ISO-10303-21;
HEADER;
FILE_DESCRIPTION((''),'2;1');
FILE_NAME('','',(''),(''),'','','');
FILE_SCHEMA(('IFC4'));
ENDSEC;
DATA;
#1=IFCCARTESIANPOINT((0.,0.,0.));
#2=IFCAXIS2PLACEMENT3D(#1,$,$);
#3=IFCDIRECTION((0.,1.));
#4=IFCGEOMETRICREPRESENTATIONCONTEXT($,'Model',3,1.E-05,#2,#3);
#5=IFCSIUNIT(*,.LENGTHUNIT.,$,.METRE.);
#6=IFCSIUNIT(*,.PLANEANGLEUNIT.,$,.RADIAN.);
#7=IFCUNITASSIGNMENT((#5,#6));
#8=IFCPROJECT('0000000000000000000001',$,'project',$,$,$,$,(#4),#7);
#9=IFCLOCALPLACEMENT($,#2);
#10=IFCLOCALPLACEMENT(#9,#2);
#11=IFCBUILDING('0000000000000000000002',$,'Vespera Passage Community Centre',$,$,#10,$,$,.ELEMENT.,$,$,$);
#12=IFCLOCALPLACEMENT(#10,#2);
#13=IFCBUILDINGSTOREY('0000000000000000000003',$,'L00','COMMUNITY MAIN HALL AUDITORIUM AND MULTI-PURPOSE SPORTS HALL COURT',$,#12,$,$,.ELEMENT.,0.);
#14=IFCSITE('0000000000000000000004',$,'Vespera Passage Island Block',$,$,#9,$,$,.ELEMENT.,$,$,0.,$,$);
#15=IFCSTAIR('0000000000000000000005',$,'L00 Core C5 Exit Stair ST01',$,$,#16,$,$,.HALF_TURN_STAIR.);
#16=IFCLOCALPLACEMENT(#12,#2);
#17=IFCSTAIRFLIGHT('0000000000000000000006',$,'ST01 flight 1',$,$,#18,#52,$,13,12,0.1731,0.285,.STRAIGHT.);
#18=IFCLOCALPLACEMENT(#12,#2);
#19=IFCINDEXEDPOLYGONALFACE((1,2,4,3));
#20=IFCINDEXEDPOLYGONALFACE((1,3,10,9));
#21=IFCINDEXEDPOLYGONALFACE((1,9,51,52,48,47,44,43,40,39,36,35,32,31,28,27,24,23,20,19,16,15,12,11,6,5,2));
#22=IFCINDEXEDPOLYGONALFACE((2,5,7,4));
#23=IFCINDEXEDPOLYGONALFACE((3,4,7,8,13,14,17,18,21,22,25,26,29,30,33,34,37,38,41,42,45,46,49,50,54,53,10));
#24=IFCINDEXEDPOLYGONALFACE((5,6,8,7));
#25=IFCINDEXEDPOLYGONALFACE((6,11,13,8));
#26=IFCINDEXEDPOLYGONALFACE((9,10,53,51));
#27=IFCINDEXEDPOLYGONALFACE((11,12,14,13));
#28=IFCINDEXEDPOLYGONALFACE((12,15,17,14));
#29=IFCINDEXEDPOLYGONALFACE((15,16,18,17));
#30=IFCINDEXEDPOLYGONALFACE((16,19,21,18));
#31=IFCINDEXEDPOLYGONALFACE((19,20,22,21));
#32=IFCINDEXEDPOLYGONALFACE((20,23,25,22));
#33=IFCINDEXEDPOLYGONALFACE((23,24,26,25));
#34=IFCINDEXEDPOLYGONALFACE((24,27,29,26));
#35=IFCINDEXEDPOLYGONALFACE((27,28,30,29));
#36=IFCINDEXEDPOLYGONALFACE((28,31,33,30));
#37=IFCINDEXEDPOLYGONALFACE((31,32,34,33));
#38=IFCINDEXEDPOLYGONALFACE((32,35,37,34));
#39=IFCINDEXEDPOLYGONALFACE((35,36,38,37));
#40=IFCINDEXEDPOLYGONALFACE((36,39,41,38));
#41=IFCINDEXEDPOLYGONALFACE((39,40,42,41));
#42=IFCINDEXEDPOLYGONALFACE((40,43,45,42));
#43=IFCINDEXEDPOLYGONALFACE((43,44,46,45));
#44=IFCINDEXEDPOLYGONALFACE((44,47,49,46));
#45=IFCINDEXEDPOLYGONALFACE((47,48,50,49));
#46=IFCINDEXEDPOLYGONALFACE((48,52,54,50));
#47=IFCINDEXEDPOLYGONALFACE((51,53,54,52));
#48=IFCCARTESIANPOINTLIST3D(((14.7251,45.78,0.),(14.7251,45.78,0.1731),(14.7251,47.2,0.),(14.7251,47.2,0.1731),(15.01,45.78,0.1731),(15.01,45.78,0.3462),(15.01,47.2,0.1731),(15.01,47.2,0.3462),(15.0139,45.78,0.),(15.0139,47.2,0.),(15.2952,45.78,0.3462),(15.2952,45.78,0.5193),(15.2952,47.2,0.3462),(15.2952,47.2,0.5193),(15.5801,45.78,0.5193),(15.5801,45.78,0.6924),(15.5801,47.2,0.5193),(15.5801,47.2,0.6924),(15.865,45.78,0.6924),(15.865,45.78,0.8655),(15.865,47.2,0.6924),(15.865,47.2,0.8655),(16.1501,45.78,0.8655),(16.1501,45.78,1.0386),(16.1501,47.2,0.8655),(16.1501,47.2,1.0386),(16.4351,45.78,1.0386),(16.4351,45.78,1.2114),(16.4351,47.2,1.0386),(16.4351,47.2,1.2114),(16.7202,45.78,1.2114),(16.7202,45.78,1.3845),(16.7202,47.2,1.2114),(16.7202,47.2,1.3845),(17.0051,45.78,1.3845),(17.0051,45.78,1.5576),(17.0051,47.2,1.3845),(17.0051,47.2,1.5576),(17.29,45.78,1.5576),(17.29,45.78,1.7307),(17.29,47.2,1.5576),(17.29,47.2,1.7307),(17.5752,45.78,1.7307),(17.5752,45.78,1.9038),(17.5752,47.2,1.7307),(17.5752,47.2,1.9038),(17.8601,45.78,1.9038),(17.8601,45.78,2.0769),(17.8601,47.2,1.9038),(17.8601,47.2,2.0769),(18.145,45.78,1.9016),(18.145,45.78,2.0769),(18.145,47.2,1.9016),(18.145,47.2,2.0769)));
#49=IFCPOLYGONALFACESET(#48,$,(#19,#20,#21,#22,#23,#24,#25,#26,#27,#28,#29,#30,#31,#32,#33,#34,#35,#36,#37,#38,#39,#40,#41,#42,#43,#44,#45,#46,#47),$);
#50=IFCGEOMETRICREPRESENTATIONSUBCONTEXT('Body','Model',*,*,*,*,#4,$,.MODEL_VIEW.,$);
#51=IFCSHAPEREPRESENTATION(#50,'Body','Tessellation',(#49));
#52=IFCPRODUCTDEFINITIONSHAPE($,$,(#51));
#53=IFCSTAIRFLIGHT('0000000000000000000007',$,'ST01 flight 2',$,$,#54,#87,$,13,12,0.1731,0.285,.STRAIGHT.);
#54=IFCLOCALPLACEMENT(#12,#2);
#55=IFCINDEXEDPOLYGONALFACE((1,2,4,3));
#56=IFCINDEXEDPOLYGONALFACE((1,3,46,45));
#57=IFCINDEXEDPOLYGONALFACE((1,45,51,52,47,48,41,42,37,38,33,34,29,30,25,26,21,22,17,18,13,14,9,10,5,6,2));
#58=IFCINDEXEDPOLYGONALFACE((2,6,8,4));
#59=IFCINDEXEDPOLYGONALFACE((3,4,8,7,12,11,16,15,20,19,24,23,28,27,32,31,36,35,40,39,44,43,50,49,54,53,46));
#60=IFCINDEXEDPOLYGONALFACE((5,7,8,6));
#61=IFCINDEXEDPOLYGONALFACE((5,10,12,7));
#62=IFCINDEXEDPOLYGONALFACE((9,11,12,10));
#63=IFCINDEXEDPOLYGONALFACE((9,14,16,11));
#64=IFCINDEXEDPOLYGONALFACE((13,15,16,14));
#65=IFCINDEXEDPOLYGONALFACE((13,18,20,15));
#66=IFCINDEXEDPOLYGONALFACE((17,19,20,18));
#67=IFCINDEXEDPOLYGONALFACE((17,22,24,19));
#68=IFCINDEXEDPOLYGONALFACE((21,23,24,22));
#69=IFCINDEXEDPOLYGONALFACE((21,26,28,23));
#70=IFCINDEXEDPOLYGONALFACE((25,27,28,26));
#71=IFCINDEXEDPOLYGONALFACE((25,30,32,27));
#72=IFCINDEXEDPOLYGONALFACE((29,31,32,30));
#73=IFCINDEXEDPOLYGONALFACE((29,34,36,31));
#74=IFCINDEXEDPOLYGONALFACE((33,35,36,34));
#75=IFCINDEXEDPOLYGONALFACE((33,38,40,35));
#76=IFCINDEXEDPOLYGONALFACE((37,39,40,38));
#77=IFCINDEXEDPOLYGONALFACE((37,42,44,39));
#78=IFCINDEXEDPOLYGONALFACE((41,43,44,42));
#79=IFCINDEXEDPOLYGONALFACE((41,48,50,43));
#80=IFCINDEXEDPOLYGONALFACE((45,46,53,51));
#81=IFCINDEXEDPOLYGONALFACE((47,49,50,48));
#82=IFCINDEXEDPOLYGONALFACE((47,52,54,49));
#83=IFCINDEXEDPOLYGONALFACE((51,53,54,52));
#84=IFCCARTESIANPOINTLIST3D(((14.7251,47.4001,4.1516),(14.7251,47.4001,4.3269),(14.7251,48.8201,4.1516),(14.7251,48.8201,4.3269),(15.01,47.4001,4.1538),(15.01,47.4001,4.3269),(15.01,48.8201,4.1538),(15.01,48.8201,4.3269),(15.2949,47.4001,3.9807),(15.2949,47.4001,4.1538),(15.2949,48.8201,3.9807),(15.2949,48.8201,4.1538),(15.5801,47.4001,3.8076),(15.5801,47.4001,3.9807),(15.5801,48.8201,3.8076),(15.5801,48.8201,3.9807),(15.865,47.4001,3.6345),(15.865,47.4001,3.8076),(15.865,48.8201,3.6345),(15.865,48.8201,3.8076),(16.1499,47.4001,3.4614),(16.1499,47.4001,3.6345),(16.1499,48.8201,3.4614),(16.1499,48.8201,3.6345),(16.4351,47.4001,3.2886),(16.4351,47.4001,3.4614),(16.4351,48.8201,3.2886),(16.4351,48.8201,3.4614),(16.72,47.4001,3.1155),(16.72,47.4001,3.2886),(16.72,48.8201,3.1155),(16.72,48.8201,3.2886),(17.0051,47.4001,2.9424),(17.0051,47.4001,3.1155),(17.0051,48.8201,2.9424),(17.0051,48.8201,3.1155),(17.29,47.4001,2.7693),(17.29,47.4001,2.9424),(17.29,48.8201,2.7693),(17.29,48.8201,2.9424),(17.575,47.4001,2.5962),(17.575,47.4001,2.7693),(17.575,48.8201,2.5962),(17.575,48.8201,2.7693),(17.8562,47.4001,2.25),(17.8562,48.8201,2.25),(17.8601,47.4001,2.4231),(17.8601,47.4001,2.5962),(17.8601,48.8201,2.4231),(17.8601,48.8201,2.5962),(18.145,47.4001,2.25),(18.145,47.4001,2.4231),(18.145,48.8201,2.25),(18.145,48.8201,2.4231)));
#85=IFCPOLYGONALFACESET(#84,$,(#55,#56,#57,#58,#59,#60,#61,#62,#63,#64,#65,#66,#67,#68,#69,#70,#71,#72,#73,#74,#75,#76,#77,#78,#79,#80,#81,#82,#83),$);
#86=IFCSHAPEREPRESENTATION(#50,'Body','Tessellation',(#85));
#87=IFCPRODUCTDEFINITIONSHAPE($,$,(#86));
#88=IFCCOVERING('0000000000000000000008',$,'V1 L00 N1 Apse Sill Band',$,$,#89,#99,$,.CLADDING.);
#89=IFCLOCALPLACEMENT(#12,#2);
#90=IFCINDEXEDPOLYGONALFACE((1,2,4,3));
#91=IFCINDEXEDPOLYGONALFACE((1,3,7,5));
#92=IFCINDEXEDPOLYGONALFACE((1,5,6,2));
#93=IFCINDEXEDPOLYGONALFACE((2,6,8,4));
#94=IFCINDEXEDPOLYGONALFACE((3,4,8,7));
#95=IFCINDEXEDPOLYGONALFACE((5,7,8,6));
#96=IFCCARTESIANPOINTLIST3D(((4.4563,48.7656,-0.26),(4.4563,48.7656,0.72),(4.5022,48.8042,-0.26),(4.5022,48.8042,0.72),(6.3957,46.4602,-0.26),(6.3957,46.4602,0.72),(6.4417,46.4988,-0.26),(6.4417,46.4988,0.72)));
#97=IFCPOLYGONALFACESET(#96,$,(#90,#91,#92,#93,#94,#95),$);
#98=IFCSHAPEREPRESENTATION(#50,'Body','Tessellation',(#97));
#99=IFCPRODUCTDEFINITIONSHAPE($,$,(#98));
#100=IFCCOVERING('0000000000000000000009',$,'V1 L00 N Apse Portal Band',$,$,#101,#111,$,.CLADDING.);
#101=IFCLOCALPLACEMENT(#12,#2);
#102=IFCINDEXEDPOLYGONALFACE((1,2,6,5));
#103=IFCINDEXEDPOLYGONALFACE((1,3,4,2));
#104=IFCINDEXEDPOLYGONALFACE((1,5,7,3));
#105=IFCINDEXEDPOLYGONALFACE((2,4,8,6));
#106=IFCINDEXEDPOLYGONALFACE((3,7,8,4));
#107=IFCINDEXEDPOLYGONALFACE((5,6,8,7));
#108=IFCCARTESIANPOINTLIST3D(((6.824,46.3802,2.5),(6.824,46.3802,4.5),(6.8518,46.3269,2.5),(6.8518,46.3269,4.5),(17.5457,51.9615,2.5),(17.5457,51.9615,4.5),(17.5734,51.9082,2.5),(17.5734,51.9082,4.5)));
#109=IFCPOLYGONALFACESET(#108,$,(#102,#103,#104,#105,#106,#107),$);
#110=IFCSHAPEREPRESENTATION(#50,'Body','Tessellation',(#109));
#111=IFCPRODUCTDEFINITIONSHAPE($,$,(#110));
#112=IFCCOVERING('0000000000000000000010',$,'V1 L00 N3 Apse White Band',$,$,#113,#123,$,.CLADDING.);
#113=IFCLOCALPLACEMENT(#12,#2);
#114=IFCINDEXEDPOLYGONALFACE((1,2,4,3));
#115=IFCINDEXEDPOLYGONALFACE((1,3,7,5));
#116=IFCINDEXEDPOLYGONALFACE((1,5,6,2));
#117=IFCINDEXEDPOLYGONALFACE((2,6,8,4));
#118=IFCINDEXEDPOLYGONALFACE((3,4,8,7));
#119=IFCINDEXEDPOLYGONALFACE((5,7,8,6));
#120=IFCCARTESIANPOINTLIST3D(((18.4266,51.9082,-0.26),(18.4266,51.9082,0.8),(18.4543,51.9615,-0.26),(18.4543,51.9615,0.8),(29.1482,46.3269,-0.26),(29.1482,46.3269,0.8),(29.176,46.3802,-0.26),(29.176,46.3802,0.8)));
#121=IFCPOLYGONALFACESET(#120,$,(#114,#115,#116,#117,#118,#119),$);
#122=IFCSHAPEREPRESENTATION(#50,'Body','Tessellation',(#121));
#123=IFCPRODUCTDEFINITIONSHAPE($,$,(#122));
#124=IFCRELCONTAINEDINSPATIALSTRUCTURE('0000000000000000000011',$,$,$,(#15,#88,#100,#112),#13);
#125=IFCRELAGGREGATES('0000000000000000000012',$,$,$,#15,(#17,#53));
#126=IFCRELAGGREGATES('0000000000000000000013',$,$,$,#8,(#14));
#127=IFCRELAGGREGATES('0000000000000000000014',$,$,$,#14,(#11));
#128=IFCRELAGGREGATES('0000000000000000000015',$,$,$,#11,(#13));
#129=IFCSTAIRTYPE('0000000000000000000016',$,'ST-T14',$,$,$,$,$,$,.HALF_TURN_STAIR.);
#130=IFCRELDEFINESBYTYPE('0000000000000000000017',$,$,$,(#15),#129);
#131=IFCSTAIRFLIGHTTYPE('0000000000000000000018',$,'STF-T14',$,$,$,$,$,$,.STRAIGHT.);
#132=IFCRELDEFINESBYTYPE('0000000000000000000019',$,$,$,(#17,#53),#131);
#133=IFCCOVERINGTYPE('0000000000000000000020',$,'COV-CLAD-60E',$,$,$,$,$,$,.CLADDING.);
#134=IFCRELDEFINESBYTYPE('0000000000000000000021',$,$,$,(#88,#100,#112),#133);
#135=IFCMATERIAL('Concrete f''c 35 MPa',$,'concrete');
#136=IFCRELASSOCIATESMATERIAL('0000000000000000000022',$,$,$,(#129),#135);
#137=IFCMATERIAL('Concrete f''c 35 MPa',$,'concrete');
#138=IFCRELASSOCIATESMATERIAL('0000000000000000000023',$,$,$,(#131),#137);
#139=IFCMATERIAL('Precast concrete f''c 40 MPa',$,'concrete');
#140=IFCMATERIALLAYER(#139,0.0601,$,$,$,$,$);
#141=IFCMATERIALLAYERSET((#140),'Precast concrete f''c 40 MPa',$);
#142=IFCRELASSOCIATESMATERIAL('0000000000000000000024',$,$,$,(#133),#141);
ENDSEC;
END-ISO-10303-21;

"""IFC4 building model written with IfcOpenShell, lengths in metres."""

from ifc_helpers import new_model, si_unit, direction, frame, frame_2d, origin, place, context, subcontext, project, spatial, polyline, rectangle, outline, extrude, material, layer, layer_set, type_object, element, aggregate, save


model = new_model("IFC4")

# Units and contexts
model_context = context("Model", 3, precision=1e-05, world=origin(), true_north=direction((0.0, 1.0)))
body_context = subcontext(model_context, "Body", "Model", "MODEL_VIEW")
ifc_project = project(units=[si_unit("LENGTHUNIT", "METRE"), si_unit("PLANEANGLEUNIT", "RADIAN")], contexts=[model_context])

# Site, building, storey
site_placement = place(None, origin())
site = spatial("IfcSite", under=ifc_project, at=site_placement, Name="Vespera Passage Island Block", CompositionType="ELEMENT", RefElevation=0.0)
building_placement = place(site_placement, origin())
building = spatial("IfcBuilding", under=site, at=building_placement, Name="Vespera Passage Community Centre", CompositionType="ELEMENT")
storey_placement = place(building_placement, origin())
storey = spatial("IfcBuildingStorey", under=building, at=storey_placement, Name="L00", Description="COMMUNITY MAIN HALL AUDITORIUM AND MULTI-PURPOSE SPORTS HALL COURT", CompositionType="ELEMENT", Elevation=0.0)

# Stair, stair flights
ifc_material_1 = material(Name="Concrete f'c 35 MPa", Category="concrete")
stair_type = type_object("IfcStairType", Name="ST-T14", PredefinedType="HALF_TURN_STAIR", material=ifc_material_1)
stair_placement = place(storey_placement, origin())
stair = element("IfcStair", 1, at=stair_placement, inside=storey, type_object=stair_type, Name="L00 Core C5 Exit Stair ST01", PredefinedType="HALF_TURN_STAIR")
ifc_material_2 = material(Name="Concrete f'c 35 MPa", Category="concrete")
stair_flight_type = type_object("IfcStairFlightType", Name="STF-T14", PredefinedType="STRAIGHT", material=ifc_material_2)
stair_flight_1_placement = place(storey_placement, frame((14.7251, 46.49, 0.0), z_axis=(0.0, 0.0, 1.0), x_axis=(1.0, 0.0, 0.0)))
stair_flight_1 = element("IfcStairFlight", 2, at=stair_flight_1_placement, type_object=stair_flight_type, Name="ST01 flight 1", NumberOfRisers=13, NumberOfTreads=12, PredefinedType="STRAIGHT", RiserHeight=0.1731, TreadLength=0.285, context=body_context, shape_type="SweptSolid", body=[
    extrude(outline(polyline([(0.0, 0.0), (0.0, 0.1731), (0.2849, 0.1731), (0.2849, 0.3462), (0.5701, 0.3462), (0.5701, 0.5193), (0.855, 0.5193), (0.855, 0.6924), (1.1399, 0.6924), (1.1399, 0.8655), (1.425, 0.8655), (1.425, 1.0386), (1.71, 1.0386), (1.71, 1.2114), (1.9951, 1.2114), (1.9951, 1.3845), (2.28, 1.3845), (2.28, 1.5576), (2.5649, 1.5576), (2.5649, 1.7307), (2.8501, 1.7307), (2.8501, 1.9038), (3.135, 1.9038), (3.135, 2.0769), (3.4199, 2.0769), (3.4199, 2.25), (3.4199, 1.9016), (0.2888, 0.0), (0.0, 0.0)])), frame((0.0, 0.71, 0.0), z_axis=(0.0, -1.0, 0.0), x_axis=(1.0, 0.0, 0.0)), (0.0, 0.0, 1.0), 1.4199),
])
stair_flight_2_placement = place(storey_placement, frame((18.145, 48.1101, 2.25), z_axis=(0.0, 0.0, 1.0), x_axis=(-1.0, 0.0, 0.0)))
stair_flight_2 = element("IfcStairFlight", 3, at=stair_flight_2_placement, type_object=stair_flight_type, Name="ST01 flight 2", NumberOfRisers=13, NumberOfTreads=12, PredefinedType="STRAIGHT", RiserHeight=0.1731, TreadLength=0.285, context=body_context, shape_type="SweptSolid", body=[
    extrude(outline(polyline([(0.0, 0.0), (0.0, 0.1731), (0.2849, 0.1731), (0.2849, 0.3462), (0.5701, 0.3462), (0.5701, 0.5193), (0.855, 0.5193), (0.855, 0.6924), (1.1399, 0.6924), (1.1399, 0.8655), (1.425, 0.8655), (1.425, 1.0386), (1.71, 1.0386), (1.71, 1.2114), (1.9951, 1.2114), (1.9951, 1.3845), (2.28, 1.3845), (2.28, 1.5576), (2.5649, 1.5576), (2.5649, 1.7307), (2.8501, 1.7307), (2.8501, 1.9038), (3.135, 1.9038), (3.135, 2.0769), (3.4199, 2.0769), (3.4199, 2.25), (3.4199, 1.9016), (0.2888, 0.0), (0.0, 0.0)])), frame((0.0, 0.71, 0.0), z_axis=(0.0, -1.0, 0.0), x_axis=(1.0, 0.0, 0.0)), (0.0, 0.0, 1.0), 1.4199),
])
aggregate(stair, [stair_flight_1, stair_flight_2])

# Coverings
ifc_material_3 = material(Name="Precast concrete f'c 40 MPa", Category="concrete")
ifc_layer_1 = layer(ifc_material_3, 0.0601)
ifc_layer_set_1 = layer_set([ifc_layer_1], Name="Precast concrete f'c 40 MPa")
covering_type = type_object("IfcCoveringType", Name="COV-CLAD-60E", PredefinedType="CLADDING", material=ifc_layer_set_1)
covering_1_placement = place(storey_placement, frame((4.4792, 48.7849, -0.26), z_axis=(0.0, 0.0, 1.0), x_axis=(0.643756, -0.765231, 0.0)))
element("IfcCovering", 4, at=covering_1_placement, inside=storey, type_object=covering_type, Name="V1 L00 N1 Apse Sill Band", PredefinedType="CLADDING", context=body_context, shape_type="SweptSolid", body=[
    extrude(rectangle(XDim=3.0127, YDim=0.0601, at=frame_2d((1.5063, 0.0))), origin(), (0.0, 0.0, 1.0), 0.98),
])
covering_2_placement = place(storey_placement, frame((6.8379, 46.3535, 2.5), z_axis=(0.0, 0.0, 1.0), x_axis=(0.887013, 0.461745, 0.0)))
element("IfcCovering", 5, at=covering_2_placement, inside=storey, type_object=covering_type, Name="V1 L00 N Apse Portal Band", PredefinedType="CLADDING", context=body_context, shape_type="SweptSolid", body=[
    extrude(rectangle(XDim=12.0874, YDim=0.0601, at=frame_2d((6.0437, 0.0))), origin(), (0.0, 0.0, 1.0), 2.0),
])
covering_3_placement = place(storey_placement, frame((18.4404, 51.9348, -0.26), z_axis=(0.0, 0.0, 1.0), x_axis=(0.887013, -0.461745, 0.0)))
element("IfcCovering", 6, at=covering_3_placement, inside=storey, type_object=covering_type, Name="V1 L00 N3 Apse White Band", PredefinedType="CLADDING", context=body_context, shape_type="SweptSolid", body=[
    extrude(rectangle(XDim=12.0874, YDim=0.0601, at=frame_2d((6.0437, 0.0))), origin(), (0.0, 0.0, 1.0), 1.0601),
])

save(model, "model.ifc")
